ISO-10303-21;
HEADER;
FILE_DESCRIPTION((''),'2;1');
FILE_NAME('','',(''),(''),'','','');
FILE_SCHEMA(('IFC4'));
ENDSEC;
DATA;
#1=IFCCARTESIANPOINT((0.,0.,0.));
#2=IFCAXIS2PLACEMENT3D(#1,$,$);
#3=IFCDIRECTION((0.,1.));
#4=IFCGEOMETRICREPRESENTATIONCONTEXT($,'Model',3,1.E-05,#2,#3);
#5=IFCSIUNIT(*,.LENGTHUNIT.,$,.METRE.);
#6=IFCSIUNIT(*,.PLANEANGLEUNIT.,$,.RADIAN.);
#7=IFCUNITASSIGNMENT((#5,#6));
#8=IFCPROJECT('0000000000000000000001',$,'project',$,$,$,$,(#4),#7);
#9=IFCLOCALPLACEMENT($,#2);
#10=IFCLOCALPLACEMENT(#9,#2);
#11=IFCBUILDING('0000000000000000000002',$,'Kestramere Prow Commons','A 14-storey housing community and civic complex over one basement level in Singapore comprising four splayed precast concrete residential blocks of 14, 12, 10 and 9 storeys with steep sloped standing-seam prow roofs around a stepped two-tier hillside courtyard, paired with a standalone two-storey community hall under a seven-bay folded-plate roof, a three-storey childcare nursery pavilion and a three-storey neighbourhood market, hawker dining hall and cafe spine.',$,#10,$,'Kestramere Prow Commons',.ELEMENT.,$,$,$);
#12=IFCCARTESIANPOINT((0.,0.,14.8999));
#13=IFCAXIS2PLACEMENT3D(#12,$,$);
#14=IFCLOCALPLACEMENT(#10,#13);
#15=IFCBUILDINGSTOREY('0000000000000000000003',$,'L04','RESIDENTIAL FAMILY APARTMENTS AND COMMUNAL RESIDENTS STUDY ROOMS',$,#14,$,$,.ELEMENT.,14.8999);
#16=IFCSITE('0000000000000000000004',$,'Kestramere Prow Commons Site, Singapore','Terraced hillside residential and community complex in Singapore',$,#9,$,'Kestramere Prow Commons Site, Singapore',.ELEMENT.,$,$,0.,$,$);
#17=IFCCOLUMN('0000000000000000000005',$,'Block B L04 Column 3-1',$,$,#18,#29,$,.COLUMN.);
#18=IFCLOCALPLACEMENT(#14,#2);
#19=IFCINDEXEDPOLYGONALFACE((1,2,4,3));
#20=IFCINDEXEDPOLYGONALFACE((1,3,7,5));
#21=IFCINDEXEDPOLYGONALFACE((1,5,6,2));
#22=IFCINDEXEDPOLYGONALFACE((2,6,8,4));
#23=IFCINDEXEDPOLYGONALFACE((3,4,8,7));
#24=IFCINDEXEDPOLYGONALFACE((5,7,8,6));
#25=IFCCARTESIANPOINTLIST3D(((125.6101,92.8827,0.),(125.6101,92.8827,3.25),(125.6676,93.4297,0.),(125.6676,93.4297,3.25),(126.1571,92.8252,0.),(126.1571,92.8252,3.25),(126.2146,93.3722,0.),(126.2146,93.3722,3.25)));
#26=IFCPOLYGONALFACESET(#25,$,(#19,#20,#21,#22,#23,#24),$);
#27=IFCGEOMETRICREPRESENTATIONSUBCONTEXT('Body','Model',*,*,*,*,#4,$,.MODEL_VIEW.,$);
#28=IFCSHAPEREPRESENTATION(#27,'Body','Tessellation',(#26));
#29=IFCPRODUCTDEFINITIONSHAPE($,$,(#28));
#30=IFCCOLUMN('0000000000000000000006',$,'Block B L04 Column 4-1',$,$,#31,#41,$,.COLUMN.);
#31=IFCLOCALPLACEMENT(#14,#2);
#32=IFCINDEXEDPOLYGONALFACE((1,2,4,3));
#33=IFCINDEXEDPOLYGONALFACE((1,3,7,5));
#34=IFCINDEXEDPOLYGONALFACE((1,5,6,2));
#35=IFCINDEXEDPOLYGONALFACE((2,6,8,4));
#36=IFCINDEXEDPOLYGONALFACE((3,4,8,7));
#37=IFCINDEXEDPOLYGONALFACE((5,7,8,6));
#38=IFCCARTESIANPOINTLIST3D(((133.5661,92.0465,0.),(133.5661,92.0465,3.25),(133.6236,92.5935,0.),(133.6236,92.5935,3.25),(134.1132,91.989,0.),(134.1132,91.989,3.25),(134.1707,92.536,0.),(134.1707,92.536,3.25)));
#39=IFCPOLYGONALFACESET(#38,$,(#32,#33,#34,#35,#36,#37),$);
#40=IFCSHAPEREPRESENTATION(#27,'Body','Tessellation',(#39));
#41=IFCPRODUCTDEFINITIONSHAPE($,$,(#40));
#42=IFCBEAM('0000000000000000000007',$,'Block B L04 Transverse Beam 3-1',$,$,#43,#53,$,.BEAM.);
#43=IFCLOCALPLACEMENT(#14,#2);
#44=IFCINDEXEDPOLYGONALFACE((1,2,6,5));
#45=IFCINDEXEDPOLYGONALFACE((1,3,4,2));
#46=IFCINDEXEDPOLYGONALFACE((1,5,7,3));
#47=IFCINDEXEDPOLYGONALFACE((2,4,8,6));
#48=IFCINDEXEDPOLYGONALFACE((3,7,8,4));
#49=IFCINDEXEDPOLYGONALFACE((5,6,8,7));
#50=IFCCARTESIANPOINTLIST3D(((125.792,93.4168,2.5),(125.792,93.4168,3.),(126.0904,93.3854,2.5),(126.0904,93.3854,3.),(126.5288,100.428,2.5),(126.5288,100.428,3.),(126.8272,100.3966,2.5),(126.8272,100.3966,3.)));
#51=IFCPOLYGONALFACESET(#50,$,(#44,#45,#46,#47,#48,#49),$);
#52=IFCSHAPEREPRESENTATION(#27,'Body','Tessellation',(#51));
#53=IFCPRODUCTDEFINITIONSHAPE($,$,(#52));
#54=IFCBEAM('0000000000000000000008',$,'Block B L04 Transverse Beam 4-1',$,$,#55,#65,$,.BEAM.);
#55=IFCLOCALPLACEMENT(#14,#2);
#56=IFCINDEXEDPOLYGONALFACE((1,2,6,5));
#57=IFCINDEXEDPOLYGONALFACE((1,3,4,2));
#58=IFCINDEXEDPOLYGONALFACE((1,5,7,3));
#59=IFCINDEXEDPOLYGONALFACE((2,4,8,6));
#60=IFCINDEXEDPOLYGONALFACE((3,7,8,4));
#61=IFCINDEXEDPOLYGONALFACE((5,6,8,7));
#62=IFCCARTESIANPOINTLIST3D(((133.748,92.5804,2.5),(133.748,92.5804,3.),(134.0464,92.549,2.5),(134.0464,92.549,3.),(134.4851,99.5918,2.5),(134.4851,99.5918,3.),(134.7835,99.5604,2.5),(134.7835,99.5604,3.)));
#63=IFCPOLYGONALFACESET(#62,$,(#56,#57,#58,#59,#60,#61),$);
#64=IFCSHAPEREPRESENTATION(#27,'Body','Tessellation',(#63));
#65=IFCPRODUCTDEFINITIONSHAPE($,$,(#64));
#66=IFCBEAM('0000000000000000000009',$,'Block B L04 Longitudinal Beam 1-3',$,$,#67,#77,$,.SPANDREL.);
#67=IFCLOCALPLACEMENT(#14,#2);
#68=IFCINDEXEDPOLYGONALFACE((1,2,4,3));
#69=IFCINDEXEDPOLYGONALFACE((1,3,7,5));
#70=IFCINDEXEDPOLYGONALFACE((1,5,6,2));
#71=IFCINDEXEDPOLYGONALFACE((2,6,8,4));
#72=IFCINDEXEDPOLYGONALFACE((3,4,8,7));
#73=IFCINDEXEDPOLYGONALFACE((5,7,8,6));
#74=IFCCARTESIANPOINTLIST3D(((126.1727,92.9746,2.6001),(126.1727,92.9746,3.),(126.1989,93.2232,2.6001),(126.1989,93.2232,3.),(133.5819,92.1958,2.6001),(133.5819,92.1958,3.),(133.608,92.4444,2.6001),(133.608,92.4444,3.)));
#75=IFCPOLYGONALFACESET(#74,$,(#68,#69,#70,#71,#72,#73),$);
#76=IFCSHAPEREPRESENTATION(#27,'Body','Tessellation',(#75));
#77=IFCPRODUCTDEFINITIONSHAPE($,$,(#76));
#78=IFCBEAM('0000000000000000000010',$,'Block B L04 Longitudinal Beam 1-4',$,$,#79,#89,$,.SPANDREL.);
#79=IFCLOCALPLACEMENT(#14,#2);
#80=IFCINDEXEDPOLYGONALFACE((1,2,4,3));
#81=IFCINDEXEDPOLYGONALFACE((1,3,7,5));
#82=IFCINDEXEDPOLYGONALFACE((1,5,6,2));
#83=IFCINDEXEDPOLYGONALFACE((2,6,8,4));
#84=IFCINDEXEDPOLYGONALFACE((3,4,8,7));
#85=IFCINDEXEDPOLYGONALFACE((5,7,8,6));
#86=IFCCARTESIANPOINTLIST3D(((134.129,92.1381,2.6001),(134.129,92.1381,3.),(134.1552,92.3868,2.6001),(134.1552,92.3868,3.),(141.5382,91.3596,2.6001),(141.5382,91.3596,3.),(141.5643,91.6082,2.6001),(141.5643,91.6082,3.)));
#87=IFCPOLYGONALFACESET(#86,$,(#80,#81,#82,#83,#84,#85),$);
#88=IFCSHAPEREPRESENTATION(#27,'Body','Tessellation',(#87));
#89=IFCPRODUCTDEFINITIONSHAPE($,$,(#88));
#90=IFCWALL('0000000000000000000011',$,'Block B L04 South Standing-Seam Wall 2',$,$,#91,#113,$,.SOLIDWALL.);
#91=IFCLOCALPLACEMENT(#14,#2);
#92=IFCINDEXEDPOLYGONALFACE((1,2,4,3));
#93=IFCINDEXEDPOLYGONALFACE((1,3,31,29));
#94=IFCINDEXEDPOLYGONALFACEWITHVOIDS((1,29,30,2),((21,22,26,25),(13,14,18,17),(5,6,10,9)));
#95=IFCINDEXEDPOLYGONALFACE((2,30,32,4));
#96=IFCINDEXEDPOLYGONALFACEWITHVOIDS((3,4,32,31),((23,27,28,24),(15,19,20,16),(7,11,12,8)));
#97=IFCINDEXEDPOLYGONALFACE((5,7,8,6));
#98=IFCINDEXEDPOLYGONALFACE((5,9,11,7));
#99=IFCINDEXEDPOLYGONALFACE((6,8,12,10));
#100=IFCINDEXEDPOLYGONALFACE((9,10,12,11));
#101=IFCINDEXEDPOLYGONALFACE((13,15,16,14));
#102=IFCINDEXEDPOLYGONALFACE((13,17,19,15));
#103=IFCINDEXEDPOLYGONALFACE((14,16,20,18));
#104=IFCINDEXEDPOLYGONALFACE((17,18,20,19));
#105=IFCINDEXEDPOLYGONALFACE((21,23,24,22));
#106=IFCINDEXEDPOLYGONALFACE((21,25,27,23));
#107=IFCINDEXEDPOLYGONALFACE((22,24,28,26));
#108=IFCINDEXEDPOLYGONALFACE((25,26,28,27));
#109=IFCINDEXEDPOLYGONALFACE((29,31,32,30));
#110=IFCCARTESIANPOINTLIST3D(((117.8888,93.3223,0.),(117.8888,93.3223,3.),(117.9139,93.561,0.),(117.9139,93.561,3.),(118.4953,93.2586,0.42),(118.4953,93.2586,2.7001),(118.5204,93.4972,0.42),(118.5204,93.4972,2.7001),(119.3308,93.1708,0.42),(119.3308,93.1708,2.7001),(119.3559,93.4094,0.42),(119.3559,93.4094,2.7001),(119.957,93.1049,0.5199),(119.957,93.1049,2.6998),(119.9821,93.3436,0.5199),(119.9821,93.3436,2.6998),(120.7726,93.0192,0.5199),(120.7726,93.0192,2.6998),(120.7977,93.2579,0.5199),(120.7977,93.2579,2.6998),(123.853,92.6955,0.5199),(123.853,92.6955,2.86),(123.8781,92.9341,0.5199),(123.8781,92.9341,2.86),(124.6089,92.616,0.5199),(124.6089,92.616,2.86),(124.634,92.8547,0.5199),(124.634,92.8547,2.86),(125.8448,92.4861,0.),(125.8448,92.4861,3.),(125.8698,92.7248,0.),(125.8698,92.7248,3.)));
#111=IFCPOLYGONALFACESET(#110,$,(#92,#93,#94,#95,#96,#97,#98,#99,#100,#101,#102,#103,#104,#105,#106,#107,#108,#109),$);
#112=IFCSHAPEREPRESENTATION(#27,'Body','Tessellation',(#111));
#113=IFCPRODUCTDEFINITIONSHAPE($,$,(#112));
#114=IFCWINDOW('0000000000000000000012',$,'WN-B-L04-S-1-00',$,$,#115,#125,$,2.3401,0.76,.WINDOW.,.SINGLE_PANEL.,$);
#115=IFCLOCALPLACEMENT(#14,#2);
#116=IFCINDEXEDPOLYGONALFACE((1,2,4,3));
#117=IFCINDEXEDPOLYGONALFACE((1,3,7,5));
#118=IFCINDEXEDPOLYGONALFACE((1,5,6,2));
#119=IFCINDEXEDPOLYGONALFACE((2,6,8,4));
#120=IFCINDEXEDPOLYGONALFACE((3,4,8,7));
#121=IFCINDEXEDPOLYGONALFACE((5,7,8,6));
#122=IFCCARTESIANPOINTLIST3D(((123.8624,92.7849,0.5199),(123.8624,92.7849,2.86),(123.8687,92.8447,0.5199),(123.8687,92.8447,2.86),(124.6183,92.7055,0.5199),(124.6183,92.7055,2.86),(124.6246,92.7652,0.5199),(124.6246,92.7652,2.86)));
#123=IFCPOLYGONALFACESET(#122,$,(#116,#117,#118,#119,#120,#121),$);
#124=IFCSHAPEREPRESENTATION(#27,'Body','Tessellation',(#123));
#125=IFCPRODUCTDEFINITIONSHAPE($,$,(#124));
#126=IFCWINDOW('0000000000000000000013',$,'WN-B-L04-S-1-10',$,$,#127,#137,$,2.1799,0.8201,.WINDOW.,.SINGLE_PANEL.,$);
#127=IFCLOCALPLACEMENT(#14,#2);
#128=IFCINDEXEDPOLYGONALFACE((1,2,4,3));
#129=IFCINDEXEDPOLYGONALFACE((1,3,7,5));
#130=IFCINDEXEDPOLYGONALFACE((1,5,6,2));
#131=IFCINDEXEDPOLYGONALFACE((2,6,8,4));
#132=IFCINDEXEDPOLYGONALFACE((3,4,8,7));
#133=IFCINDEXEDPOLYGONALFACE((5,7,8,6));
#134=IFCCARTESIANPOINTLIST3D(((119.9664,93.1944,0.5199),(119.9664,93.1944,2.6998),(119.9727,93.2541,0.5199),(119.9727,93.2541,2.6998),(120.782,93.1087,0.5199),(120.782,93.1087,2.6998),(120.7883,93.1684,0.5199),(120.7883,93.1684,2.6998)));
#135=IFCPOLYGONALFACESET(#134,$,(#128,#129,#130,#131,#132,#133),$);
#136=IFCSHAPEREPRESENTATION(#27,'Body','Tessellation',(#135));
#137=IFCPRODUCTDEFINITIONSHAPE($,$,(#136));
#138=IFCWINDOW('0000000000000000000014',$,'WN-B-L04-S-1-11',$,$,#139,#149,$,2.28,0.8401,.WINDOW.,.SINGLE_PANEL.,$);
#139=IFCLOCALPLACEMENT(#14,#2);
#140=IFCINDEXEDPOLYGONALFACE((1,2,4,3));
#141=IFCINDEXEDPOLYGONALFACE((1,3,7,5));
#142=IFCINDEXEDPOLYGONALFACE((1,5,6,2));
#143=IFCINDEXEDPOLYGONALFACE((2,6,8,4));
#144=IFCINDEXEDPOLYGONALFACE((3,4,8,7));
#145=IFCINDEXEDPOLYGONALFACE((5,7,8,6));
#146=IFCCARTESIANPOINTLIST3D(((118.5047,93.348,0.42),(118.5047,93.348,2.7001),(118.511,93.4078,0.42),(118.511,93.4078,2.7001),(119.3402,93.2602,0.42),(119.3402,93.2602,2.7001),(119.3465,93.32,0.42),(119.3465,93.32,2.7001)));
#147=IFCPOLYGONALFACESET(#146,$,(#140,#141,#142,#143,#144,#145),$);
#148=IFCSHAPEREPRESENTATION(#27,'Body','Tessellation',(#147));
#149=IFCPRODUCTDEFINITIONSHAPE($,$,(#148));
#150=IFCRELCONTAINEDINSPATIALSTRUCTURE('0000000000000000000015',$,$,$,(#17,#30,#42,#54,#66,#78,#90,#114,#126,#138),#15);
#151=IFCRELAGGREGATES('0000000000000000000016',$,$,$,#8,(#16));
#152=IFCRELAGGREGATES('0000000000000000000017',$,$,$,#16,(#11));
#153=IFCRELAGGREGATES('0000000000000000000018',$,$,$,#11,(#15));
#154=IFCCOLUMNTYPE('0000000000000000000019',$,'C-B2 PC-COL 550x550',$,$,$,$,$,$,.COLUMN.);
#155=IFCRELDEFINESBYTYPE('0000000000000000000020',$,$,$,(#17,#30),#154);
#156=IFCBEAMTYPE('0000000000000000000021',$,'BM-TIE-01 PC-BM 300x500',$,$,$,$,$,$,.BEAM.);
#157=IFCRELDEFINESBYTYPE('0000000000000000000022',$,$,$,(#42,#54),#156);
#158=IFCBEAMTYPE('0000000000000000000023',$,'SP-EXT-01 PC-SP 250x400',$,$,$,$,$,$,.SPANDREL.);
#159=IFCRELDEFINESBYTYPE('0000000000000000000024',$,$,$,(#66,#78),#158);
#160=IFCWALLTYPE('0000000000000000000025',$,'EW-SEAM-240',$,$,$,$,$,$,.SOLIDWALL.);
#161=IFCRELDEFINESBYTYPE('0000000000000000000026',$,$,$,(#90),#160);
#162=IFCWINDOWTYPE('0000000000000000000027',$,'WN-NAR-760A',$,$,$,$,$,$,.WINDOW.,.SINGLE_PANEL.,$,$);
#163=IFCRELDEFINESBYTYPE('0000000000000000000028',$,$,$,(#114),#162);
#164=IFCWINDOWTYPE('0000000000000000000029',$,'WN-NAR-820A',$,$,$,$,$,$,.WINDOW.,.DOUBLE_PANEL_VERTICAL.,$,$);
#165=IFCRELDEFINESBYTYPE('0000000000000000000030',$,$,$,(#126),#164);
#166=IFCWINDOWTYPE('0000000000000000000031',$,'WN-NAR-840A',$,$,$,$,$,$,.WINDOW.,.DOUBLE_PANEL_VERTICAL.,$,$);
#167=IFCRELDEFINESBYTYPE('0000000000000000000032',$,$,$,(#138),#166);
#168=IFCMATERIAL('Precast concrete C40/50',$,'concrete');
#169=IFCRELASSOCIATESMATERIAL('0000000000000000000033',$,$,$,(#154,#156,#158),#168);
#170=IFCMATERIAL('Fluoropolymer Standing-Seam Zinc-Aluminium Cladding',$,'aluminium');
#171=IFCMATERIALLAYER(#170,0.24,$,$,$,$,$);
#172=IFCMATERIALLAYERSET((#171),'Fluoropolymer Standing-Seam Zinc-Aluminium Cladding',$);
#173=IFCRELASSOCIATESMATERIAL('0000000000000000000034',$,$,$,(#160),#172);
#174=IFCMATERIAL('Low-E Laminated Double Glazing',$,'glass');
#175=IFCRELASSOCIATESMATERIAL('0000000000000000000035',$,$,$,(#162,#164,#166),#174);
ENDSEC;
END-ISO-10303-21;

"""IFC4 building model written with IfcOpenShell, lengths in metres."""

from ifc_helpers import new_model, si_unit, direction, frame, frame_2d, origin, origin_2d, place, context, subcontext, project, spatial, rectangle, extrude, material, layer, layer_set, material_profile, profile_set, type_object, element, fill, save


model = new_model("IFC4")

# Units and contexts
model_context = context("Model", 3, precision=1e-05, world=origin(), true_north=direction((0.0, 1.0)))
body_context = subcontext(model_context, "Body", "Model", "MODEL_VIEW")
ifc_project = project(units=[si_unit("LENGTHUNIT", "METRE"), si_unit("PLANEANGLEUNIT", "RADIAN")], contexts=[model_context])

# Site, building, storey
site_placement = place(None, origin())
site = spatial("IfcSite", under=ifc_project, at=site_placement, Name="Kestramere Prow Commons Site, Singapore", Description="Terraced hillside residential and community complex in Singapore", LongName="Kestramere Prow Commons Site, Singapore", CompositionType="ELEMENT", RefElevation=0.0)
building_placement = place(site_placement, origin())
building = spatial("IfcBuilding", under=site, at=building_placement, Name="Kestramere Prow Commons", Description="A 14-storey housing community and civic complex over one basement level in Singapore comprising four splayed precast concrete residential blocks of 14, 12, 10 and 9 storeys with steep sloped standing-seam prow roofs around a stepped two-tier hillside courtyard, paired with a standalone two-storey community hall under a seven-bay folded-plate roof, a three-storey childcare nursery pavilion and a three-storey neighbourhood market, hawker dining hall and cafe spine.", LongName="Kestramere Prow Commons", CompositionType="ELEMENT")
storey_placement = place(building_placement, frame((0.0, 0.0, 14.8999)))
storey = spatial("IfcBuildingStorey", under=building, at=storey_placement, Name="L04", Description="RESIDENTIAL FAMILY APARTMENTS AND COMMUNAL RESIDENTS STUDY ROOMS", CompositionType="ELEMENT", Elevation=14.8999)

# Columns
ifc_material_1 = material(Name="Precast concrete C40/50", Category="concrete")
ifc_material_profile_1 = material_profile(ifc_material_1, rectangle(XDim=0.55, YDim=0.55, at=origin_2d()), Name="PC-COL 550x550")
ifc_profile_set_1 = profile_set([ifc_material_profile_1], Name="Precast concrete C40/50")
column_type = type_object("IfcColumnType", Name="C-B2 PC-COL 550x550", PredefinedType="COLUMN", material=ifc_profile_set_1)
for number, where, z_axis, x_axis, name in (
    (1, (125.9124, 93.1274, 0.0), (0.0, 0.0, 1.0), (0.994522, -0.104528, 0.0), "Block B L04 Column 3-1"),
    (2, (133.8684, 92.2913, 0.0), (0.0, 0.0, 1.0), (0.994522, -0.104528, 0.0), "Block B L04 Column 4-1"),
):
    element("IfcColumn", number, at=place(storey_placement, frame(where, z_axis=z_axis, x_axis=x_axis)), inside=storey, type_object=column_type, Name=name, PredefinedType="COLUMN", context=body_context, shape_type="SweptSolid", body=[
        extrude(rectangle(XDim=0.55, YDim=0.55, at=origin_2d()), origin(), (0.0, 0.0, 1.0), 3.25),
    ])

# Beams
ifc_material_profile_2 = material_profile(ifc_material_1, rectangle(XDim=0.3, YDim=0.5, at=origin_2d()), Name="PC-BM 300x500")
ifc_profile_set_2 = profile_set([ifc_material_profile_2], Name="Precast concrete C40/50")
beam_type_1 = type_object("IfcBeamType", Name="BM-TIE-01 PC-BM 300x500", PredefinedType="BEAM", material=ifc_profile_set_2)
beam_1_placement = place(storey_placement, frame((125.9412, 93.4011, 2.75), z_axis=(0.104515, 0.994523, 0.0), x_axis=(-0.994523, 0.104515, 0.0)))
element("IfcBeam", 3, at=beam_1_placement, inside=storey, type_object=beam_type_1, Name="Block B L04 Transverse Beam 3-1", PredefinedType="BEAM", context=body_context, shape_type="SweptSolid", body=[
    extrude(rectangle(XDim=0.3, YDim=0.5, at=origin_2d()), origin(), (0.0, 0.0, 1.0), 7.0498),
])
beam_2_placement = place(storey_placement, frame((133.8972, 92.5647, 2.75), z_axis=(0.104546, 0.99452, 0.0), x_axis=(-0.99452, 0.104546, 0.0)))
element("IfcBeam", 4, at=beam_2_placement, inside=storey, type_object=beam_type_1, Name="Block B L04 Transverse Beam 4-1", PredefinedType="BEAM", context=body_context, shape_type="SweptSolid", body=[
    extrude(rectangle(XDim=0.3, YDim=0.5, at=origin_2d()), origin(), (0.0, 0.0, 1.0), 7.05),
])
ifc_material_profile_3 = material_profile(ifc_material_1, rectangle(XDim=0.25, YDim=0.3999, at=origin_2d()), Name="PC-SP 250x400")
ifc_profile_set_3 = profile_set([ifc_material_profile_3], Name="Precast concrete C40/50")
beam_type_2 = type_object("IfcBeamType", Name="SP-EXT-01 PC-SP 250x400", PredefinedType="SPANDREL", material=ifc_profile_set_3)
for number, where, z_axis, x_axis, name in (
    (5, (126.1858, 93.0989, 2.8), (0.994521, -0.104538, 0.0), (0.104538, 0.994521, 0.0), "Block B L04 Longitudinal Beam 1-3"),
    (6, (134.1421, 92.2625, 2.8), (0.994524, -0.104506, 0.0), (0.104506, 0.994524, 0.0), "Block B L04 Longitudinal Beam 1-4"),
):
    element("IfcBeam", number, at=place(storey_placement, frame(where, z_axis=z_axis, x_axis=x_axis)), inside=storey, type_object=beam_type_2, Name=name, PredefinedType="SPANDREL", context=body_context, shape_type="SweptSolid", body=[
        extrude(rectangle(XDim=0.25, YDim=0.3999, at=origin_2d()), origin(), (0.0, 0.0, 1.0), 7.45),
    ])

# Wall, openings, windows
ifc_material_2 = material(Name="Fluoropolymer Standing-Seam Zinc-Aluminium Cladding", Category="aluminium")
ifc_layer_1 = layer(ifc_material_2, 0.24)
ifc_layer_set_1 = layer_set([ifc_layer_1], Name="Fluoropolymer Standing-Seam Zinc-Aluminium Cladding")
wall_type_1 = type_object("IfcWallType", Name="EW-SEAM-240", PredefinedType="SOLIDWALL", material=ifc_layer_set_1)
wall_1_placement = place(storey_placement, frame((125.8574, 92.6055, 0.0), z_axis=(0.0, 0.0, 1.0), x_axis=(-0.994522, 0.104524, 0.0)))
wall_1 = element("IfcWall", 7, at=wall_1_placement, inside=storey, type_object=wall_type_1, Name="Block B L04 South Standing-Seam Wall 2", PredefinedType="SOLIDWALL", context=body_context, shape_type="SweptSolid", body=[
    extrude(rectangle(XDim=7.9998, YDim=0.24, at=frame_2d((4.0, 0.0))), origin(), (0.0, 0.0, 1.0), 3.0),
])
opening_1_placement = place(wall_1_placement, frame((1.2429, 0.0, 0.52)))
opening_1 = element("IfcOpeningElement", 8, at=opening_1_placement, cuts=wall_1, PredefinedType="OPENING", context=body_context, shape_type="SweptSolid", body=[
    extrude(rectangle(XDim=0.76, YDim=2.3401, at=frame_2d((0.3799, 1.1699))), frame((0.0, 0.135, 0.0), z_axis=(0.0, -1.0, 0.0), x_axis=(1.0, 0.0, 0.0)), (0.0, 0.0, 1.0), 0.27),
])
opening_2_placement = place(wall_1_placement, frame((5.1001, 0.0, 0.52)))
opening_2 = element("IfcOpeningElement", 9, at=opening_2_placement, cuts=wall_1, PredefinedType="OPENING", context=body_context, shape_type="SweptSolid", body=[
    extrude(rectangle(XDim=0.8201, YDim=2.1799, at=frame_2d((0.4102, 1.0898))), frame((0.0, 0.135, 0.0), z_axis=(0.0, -1.0, 0.0), x_axis=(1.0, 0.0, 0.0)), (0.0, 0.0, 1.0), 0.27),
])
opening_3_placement = place(wall_1_placement, frame((6.55, 0.0, 0.4199)))
opening_3 = element("IfcOpeningElement", 10, at=opening_3_placement, cuts=wall_1, PredefinedType="OPENING", context=body_context, shape_type="SweptSolid", body=[
    extrude(rectangle(XDim=0.8401, YDim=2.28, at=frame_2d((0.4199, 1.1401))), frame((0.0, 0.135, 0.0), z_axis=(0.0, -1.0, 0.0), x_axis=(1.0, 0.0, 0.0)), (0.0, 0.0, 1.0), 0.27),
])
ifc_material_3 = material(Name="Low-E Laminated Double Glazing", Category="glass")
window_type_1 = type_object("IfcWindowType", Name="WN-NAR-760A", PartitioningType="SINGLE_PANEL", PredefinedType="WINDOW", material=ifc_material_3)
window_1_placement = place(opening_1_placement, origin())
window_1 = element("IfcWindow", 11, at=window_1_placement, inside=storey, type_object=window_type_1, Name="WN-B-L04-S-1-00", OverallHeight=2.3401, OverallWidth=0.76, PartitioningType="SINGLE_PANEL", PredefinedType="WINDOW", context=body_context, shape_type="SweptSolid", body=[
    extrude(rectangle(XDim=0.76, YDim=2.3401, at=frame_2d((0.3799, 1.1699))), frame((0.0, 0.03, 0.0), z_axis=(0.0, -1.0, 0.0), x_axis=(1.0, 0.0, 0.0)), (0.0, 0.0, 1.0), 0.0601),
])
fill(opening_1, window_1)
window_type_2 = type_object("IfcWindowType", Name="WN-NAR-820A", PartitioningType="DOUBLE_PANEL_VERTICAL", PredefinedType="WINDOW", material=ifc_material_3)
window_2_placement = place(opening_2_placement, origin())
window_2 = element("IfcWindow", 12, at=window_2_placement, inside=storey, type_object=window_type_2, Name="WN-B-L04-S-1-10", OverallHeight=2.1799, OverallWidth=0.8201, PartitioningType="SINGLE_PANEL", PredefinedType="WINDOW", context=body_context, shape_type="SweptSolid", body=[
    extrude(rectangle(XDim=0.8201, YDim=2.1799, at=frame_2d((0.4102, 1.0898))), frame((0.0, 0.03, 0.0), z_axis=(0.0, -1.0, 0.0), x_axis=(1.0, 0.0, 0.0)), (0.0, 0.0, 1.0), 0.0601),
])
fill(opening_2, window_2)
window_type_3 = type_object("IfcWindowType", Name="WN-NAR-840A", PartitioningType="DOUBLE_PANEL_VERTICAL", PredefinedType="WINDOW", material=ifc_material_3)
window_3_placement = place(opening_3_placement, origin())
window_3 = element("IfcWindow", 13, at=window_3_placement, inside=storey, type_object=window_type_3, Name="WN-B-L04-S-1-11", OverallHeight=2.28, OverallWidth=0.8401, PartitioningType="SINGLE_PANEL", PredefinedType="WINDOW", context=body_context, shape_type="SweptSolid", body=[
    extrude(rectangle(XDim=0.8401, YDim=2.28, at=frame_2d((0.4199, 1.1401))), frame((0.0, 0.03, 0.0), z_axis=(0.0, -1.0, 0.0), x_axis=(1.0, 0.0, 0.0)), (0.0, 0.0, 1.0), 0.0601),
])
fill(opening_3, window_3)

save(model, "model.ifc")
